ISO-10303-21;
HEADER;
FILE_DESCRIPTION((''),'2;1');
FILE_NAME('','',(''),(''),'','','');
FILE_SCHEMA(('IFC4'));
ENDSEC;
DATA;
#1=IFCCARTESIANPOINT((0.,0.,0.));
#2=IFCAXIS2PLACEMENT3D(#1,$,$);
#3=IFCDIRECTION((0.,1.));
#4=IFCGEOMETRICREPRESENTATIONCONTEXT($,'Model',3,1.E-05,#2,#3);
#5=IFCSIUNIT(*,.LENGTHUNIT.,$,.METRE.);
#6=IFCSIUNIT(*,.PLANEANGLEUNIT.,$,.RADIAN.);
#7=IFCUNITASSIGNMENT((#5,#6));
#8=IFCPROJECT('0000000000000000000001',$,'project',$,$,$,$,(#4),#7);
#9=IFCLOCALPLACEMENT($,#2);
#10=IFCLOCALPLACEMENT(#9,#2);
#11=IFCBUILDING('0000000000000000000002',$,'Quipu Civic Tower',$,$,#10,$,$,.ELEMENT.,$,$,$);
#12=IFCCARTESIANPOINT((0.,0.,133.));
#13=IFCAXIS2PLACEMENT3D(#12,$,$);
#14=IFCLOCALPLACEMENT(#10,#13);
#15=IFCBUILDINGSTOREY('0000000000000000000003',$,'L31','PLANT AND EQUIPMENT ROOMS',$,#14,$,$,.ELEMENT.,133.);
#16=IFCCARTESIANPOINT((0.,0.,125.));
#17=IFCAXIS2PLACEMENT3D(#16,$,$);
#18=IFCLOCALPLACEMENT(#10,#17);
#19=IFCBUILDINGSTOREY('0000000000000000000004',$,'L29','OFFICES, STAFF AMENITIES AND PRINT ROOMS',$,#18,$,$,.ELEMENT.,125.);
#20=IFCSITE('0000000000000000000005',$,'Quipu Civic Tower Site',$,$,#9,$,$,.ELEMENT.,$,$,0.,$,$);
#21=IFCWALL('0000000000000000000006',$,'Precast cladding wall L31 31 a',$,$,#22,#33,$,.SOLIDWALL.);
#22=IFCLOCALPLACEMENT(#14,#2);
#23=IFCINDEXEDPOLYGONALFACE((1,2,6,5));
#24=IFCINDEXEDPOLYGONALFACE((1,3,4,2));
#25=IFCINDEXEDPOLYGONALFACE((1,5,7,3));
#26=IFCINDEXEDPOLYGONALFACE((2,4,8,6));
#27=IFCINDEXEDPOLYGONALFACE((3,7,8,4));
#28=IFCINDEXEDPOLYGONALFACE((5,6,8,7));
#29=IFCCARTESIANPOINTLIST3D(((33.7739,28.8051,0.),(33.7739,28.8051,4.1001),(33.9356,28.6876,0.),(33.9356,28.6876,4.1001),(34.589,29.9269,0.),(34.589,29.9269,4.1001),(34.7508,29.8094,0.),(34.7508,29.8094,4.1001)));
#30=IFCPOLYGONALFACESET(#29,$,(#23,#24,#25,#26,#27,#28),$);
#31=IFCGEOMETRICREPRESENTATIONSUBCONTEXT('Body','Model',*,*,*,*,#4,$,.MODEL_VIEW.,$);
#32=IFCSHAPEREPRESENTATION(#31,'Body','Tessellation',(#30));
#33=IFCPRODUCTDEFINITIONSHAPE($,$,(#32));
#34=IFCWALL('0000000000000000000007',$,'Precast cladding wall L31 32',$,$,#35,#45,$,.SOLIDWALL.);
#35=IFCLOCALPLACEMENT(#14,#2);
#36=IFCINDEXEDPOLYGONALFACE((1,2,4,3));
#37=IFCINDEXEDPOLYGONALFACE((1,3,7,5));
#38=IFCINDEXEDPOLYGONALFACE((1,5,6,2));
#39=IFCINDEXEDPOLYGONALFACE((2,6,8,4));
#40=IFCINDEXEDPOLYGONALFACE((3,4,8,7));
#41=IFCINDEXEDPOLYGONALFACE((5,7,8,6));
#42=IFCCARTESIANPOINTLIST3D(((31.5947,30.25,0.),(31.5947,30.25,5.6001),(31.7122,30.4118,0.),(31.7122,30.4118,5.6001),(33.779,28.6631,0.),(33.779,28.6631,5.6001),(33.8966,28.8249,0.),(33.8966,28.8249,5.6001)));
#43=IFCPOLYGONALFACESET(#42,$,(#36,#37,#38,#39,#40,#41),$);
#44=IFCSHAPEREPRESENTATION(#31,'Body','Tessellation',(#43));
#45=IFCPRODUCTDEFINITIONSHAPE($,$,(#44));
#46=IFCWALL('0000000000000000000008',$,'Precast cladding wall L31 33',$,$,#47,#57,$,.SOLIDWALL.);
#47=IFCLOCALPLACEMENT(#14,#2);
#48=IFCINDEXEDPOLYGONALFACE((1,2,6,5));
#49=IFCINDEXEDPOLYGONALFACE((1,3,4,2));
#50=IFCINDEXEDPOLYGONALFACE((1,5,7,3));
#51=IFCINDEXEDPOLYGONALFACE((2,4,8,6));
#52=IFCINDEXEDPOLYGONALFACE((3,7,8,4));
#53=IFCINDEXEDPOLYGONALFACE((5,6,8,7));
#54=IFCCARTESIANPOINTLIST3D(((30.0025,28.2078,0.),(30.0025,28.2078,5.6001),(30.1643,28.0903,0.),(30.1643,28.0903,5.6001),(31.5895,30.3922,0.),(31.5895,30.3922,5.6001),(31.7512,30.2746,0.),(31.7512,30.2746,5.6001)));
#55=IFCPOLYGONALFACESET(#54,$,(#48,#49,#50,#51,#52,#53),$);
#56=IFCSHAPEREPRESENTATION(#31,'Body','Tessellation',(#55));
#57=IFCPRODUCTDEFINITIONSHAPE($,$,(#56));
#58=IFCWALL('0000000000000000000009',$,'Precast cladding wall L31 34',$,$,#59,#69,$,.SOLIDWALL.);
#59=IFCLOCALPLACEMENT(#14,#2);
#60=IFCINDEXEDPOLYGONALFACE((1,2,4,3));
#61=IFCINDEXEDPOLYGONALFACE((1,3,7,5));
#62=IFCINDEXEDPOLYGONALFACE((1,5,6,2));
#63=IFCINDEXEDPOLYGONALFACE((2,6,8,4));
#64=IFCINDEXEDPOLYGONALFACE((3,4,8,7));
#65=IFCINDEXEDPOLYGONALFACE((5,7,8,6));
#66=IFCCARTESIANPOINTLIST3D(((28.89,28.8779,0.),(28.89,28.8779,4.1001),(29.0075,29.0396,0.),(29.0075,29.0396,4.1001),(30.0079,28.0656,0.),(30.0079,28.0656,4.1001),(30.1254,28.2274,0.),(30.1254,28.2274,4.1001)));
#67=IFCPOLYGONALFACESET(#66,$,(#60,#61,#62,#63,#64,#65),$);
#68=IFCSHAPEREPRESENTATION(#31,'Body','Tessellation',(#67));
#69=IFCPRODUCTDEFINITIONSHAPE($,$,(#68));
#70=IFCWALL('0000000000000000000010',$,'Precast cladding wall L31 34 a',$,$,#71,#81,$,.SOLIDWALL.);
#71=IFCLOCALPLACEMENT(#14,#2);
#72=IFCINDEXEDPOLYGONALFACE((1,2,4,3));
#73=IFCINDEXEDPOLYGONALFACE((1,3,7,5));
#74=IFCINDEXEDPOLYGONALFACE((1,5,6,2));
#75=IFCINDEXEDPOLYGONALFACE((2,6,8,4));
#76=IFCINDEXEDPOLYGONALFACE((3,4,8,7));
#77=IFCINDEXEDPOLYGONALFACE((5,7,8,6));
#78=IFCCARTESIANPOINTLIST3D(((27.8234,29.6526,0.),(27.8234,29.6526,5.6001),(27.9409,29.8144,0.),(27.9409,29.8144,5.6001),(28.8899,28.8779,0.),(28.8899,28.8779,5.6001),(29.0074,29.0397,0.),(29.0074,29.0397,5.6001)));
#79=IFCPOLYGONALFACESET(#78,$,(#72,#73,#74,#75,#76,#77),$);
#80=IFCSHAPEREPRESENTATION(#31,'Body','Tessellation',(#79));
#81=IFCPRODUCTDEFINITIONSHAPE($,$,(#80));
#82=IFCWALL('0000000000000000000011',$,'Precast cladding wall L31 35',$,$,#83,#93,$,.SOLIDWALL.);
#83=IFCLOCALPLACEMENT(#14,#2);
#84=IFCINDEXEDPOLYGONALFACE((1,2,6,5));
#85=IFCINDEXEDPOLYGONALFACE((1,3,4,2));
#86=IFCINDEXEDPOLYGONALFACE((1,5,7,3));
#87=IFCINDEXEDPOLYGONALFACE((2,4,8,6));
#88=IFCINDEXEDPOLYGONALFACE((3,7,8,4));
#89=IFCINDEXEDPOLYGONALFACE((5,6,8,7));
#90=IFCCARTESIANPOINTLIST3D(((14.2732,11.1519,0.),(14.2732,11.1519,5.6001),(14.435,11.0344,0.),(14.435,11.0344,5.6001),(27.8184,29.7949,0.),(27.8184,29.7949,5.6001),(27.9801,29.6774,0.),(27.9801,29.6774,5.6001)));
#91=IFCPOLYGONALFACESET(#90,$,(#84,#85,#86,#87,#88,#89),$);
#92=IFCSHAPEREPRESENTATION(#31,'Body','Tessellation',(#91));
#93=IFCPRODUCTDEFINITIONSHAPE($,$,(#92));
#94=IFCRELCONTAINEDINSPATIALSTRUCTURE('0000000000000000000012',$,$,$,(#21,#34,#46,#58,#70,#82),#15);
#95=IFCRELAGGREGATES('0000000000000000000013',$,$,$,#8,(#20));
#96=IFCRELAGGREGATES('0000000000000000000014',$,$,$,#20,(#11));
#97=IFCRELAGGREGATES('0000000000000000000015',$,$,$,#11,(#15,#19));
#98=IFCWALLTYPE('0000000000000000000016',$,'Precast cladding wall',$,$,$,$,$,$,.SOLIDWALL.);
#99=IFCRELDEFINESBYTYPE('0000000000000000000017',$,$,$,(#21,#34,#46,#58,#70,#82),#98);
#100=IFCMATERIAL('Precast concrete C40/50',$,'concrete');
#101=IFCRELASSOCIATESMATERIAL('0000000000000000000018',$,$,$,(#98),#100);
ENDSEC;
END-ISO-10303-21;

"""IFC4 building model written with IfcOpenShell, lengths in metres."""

from ifc_helpers import new_model, si_unit, direction, frame, frame_2d, origin, place, context, subcontext, project, spatial, rectangle, extrude, material, type_object, element, save


model = new_model("IFC4")

# Units and contexts
model_context = context("Model", 3, precision=1e-05, world=origin(), true_north=direction((0.0, 1.0)))
body_context = subcontext(model_context, "Body", "Model", "MODEL_VIEW")
ifc_project = project(units=[si_unit("LENGTHUNIT", "METRE"), si_unit("PLANEANGLEUNIT", "RADIAN")], contexts=[model_context])

# Site, building, storey
site_placement = place(None, origin())
site = spatial("IfcSite", under=ifc_project, at=site_placement, Name="Quipu Civic Tower Site", CompositionType="ELEMENT", RefElevation=0.0)
building_placement = place(site_placement, origin())
building = spatial("IfcBuilding", under=site, at=building_placement, Name="Quipu Civic Tower", CompositionType="ELEMENT")
storey_1_placement = place(building_placement, frame((0.0, 0.0, 133.0)))
storey_1 = spatial("IfcBuildingStorey", under=building, at=storey_1_placement, Name="L31", Description="PLANT AND EQUIPMENT ROOMS", CompositionType="ELEMENT", Elevation=133.0)

# Shared definitions
storey_2_placement = place(building_placement, frame((0.0, 0.0, 125.0)))
storey_2 = spatial("IfcBuildingStorey", under=building, at=storey_2_placement, Name="L29", Description="OFFICES, STAFF AMENITIES AND PRINT ROOMS", CompositionType="ELEMENT", Elevation=125.0)

# Walls
ifc_material_1 = material(Name="Precast concrete C40/50", Category="concrete")
wall_type = type_object("IfcWallType", Name="Precast cladding wall", PredefinedType="SOLIDWALL", material=ifc_material_1)
wall_1_placement = place(storey_1_placement, frame((34.6699, 29.8682, 0.0), z_axis=(0.0, 0.0, 1.0), x_axis=(-0.587847, -0.808972, 0.0)))
element("IfcWall", 1, at=wall_1_placement, inside=storey_1, type_object=wall_type, Name="Precast cladding wall L31 31 a", PredefinedType="SOLIDWALL", context=body_context, shape_type="SweptSolid", body=[
    extrude(rectangle(XDim=1.3867, YDim=0.2, at=frame_2d((0.6934, 0.0))), origin(), (0.0, 0.0, 1.0), 4.1001),
])
for number, where, z_axis, x_axis, name in (
    (2, (33.8379, 28.7439, 0.0), (0.0, 0.0, 1.0), (-0.809033, 0.587763, 0.0), "Precast cladding wall L31 32"),
    (3, (31.6704, 30.3335, 0.0), (0.0, 0.0, 1.0), (-0.587763, -0.809033, 0.0), "Precast cladding wall L31 33"),
):
    element("IfcWall", number, at=place(storey_1_placement, frame(where, z_axis=z_axis, x_axis=x_axis)), inside=storey_1, type_object=wall_type, Name=name, PredefinedType="SOLIDWALL", context=body_context, shape_type="SweptSolid", body=[
        extrude(rectangle(XDim=2.7, YDim=0.2, at=frame_2d((1.3501, 0.0))), origin(), (0.0, 0.0, 1.0), 5.6001),
    ])
wall_2_placement = place(storey_1_placement, frame((30.0667, 28.1465, 0.0), z_axis=(0.0, 0.0, 1.0), x_axis=(-0.809003, 0.587804, 0.0)))
element("IfcWall", 4, at=wall_2_placement, inside=storey_1, type_object=wall_type, Name="Precast cladding wall L31 34", PredefinedType="SOLIDWALL", context=body_context, shape_type="SweptSolid", body=[
    extrude(rectangle(XDim=1.3818, YDim=0.2, at=frame_2d((0.6909, 0.0))), origin(), (0.0, 0.0, 1.0), 4.1001),
])
wall_3_placement = place(storey_1_placement, frame((28.9487, 28.9587, 0.0), z_axis=(0.0, 0.0, 1.0), x_axis=(-0.809064, 0.58772, 0.0)))
element("IfcWall", 5, at=wall_3_placement, inside=storey_1, type_object=wall_type, Name="Precast cladding wall L31 34 a", PredefinedType="SOLIDWALL", context=body_context, shape_type="SweptSolid", body=[
    extrude(rectangle(XDim=1.3181, YDim=0.2, at=frame_2d((0.6592, 0.0))), origin(), (0.0, 0.0, 1.0), 5.6001),
])
wall_4_placement = place(storey_1_placement, frame((27.8992, 29.7361, 0.0), z_axis=(0.0, 0.0, 1.0), x_axis=(-0.587791, -0.809013, 0.0)))
element("IfcWall", 6, at=wall_4_placement, inside=storey_1, type_object=wall_type, Name="Precast cladding wall L31 35", PredefinedType="SOLIDWALL", context=body_context, shape_type="SweptSolid", body=[
    extrude(rectangle(XDim=23.0442, YDim=0.2, at=frame_2d((11.522, 0.0))), origin(), (0.0, 0.0, 1.0), 5.6001),
])

save(model, "model.ifc")
